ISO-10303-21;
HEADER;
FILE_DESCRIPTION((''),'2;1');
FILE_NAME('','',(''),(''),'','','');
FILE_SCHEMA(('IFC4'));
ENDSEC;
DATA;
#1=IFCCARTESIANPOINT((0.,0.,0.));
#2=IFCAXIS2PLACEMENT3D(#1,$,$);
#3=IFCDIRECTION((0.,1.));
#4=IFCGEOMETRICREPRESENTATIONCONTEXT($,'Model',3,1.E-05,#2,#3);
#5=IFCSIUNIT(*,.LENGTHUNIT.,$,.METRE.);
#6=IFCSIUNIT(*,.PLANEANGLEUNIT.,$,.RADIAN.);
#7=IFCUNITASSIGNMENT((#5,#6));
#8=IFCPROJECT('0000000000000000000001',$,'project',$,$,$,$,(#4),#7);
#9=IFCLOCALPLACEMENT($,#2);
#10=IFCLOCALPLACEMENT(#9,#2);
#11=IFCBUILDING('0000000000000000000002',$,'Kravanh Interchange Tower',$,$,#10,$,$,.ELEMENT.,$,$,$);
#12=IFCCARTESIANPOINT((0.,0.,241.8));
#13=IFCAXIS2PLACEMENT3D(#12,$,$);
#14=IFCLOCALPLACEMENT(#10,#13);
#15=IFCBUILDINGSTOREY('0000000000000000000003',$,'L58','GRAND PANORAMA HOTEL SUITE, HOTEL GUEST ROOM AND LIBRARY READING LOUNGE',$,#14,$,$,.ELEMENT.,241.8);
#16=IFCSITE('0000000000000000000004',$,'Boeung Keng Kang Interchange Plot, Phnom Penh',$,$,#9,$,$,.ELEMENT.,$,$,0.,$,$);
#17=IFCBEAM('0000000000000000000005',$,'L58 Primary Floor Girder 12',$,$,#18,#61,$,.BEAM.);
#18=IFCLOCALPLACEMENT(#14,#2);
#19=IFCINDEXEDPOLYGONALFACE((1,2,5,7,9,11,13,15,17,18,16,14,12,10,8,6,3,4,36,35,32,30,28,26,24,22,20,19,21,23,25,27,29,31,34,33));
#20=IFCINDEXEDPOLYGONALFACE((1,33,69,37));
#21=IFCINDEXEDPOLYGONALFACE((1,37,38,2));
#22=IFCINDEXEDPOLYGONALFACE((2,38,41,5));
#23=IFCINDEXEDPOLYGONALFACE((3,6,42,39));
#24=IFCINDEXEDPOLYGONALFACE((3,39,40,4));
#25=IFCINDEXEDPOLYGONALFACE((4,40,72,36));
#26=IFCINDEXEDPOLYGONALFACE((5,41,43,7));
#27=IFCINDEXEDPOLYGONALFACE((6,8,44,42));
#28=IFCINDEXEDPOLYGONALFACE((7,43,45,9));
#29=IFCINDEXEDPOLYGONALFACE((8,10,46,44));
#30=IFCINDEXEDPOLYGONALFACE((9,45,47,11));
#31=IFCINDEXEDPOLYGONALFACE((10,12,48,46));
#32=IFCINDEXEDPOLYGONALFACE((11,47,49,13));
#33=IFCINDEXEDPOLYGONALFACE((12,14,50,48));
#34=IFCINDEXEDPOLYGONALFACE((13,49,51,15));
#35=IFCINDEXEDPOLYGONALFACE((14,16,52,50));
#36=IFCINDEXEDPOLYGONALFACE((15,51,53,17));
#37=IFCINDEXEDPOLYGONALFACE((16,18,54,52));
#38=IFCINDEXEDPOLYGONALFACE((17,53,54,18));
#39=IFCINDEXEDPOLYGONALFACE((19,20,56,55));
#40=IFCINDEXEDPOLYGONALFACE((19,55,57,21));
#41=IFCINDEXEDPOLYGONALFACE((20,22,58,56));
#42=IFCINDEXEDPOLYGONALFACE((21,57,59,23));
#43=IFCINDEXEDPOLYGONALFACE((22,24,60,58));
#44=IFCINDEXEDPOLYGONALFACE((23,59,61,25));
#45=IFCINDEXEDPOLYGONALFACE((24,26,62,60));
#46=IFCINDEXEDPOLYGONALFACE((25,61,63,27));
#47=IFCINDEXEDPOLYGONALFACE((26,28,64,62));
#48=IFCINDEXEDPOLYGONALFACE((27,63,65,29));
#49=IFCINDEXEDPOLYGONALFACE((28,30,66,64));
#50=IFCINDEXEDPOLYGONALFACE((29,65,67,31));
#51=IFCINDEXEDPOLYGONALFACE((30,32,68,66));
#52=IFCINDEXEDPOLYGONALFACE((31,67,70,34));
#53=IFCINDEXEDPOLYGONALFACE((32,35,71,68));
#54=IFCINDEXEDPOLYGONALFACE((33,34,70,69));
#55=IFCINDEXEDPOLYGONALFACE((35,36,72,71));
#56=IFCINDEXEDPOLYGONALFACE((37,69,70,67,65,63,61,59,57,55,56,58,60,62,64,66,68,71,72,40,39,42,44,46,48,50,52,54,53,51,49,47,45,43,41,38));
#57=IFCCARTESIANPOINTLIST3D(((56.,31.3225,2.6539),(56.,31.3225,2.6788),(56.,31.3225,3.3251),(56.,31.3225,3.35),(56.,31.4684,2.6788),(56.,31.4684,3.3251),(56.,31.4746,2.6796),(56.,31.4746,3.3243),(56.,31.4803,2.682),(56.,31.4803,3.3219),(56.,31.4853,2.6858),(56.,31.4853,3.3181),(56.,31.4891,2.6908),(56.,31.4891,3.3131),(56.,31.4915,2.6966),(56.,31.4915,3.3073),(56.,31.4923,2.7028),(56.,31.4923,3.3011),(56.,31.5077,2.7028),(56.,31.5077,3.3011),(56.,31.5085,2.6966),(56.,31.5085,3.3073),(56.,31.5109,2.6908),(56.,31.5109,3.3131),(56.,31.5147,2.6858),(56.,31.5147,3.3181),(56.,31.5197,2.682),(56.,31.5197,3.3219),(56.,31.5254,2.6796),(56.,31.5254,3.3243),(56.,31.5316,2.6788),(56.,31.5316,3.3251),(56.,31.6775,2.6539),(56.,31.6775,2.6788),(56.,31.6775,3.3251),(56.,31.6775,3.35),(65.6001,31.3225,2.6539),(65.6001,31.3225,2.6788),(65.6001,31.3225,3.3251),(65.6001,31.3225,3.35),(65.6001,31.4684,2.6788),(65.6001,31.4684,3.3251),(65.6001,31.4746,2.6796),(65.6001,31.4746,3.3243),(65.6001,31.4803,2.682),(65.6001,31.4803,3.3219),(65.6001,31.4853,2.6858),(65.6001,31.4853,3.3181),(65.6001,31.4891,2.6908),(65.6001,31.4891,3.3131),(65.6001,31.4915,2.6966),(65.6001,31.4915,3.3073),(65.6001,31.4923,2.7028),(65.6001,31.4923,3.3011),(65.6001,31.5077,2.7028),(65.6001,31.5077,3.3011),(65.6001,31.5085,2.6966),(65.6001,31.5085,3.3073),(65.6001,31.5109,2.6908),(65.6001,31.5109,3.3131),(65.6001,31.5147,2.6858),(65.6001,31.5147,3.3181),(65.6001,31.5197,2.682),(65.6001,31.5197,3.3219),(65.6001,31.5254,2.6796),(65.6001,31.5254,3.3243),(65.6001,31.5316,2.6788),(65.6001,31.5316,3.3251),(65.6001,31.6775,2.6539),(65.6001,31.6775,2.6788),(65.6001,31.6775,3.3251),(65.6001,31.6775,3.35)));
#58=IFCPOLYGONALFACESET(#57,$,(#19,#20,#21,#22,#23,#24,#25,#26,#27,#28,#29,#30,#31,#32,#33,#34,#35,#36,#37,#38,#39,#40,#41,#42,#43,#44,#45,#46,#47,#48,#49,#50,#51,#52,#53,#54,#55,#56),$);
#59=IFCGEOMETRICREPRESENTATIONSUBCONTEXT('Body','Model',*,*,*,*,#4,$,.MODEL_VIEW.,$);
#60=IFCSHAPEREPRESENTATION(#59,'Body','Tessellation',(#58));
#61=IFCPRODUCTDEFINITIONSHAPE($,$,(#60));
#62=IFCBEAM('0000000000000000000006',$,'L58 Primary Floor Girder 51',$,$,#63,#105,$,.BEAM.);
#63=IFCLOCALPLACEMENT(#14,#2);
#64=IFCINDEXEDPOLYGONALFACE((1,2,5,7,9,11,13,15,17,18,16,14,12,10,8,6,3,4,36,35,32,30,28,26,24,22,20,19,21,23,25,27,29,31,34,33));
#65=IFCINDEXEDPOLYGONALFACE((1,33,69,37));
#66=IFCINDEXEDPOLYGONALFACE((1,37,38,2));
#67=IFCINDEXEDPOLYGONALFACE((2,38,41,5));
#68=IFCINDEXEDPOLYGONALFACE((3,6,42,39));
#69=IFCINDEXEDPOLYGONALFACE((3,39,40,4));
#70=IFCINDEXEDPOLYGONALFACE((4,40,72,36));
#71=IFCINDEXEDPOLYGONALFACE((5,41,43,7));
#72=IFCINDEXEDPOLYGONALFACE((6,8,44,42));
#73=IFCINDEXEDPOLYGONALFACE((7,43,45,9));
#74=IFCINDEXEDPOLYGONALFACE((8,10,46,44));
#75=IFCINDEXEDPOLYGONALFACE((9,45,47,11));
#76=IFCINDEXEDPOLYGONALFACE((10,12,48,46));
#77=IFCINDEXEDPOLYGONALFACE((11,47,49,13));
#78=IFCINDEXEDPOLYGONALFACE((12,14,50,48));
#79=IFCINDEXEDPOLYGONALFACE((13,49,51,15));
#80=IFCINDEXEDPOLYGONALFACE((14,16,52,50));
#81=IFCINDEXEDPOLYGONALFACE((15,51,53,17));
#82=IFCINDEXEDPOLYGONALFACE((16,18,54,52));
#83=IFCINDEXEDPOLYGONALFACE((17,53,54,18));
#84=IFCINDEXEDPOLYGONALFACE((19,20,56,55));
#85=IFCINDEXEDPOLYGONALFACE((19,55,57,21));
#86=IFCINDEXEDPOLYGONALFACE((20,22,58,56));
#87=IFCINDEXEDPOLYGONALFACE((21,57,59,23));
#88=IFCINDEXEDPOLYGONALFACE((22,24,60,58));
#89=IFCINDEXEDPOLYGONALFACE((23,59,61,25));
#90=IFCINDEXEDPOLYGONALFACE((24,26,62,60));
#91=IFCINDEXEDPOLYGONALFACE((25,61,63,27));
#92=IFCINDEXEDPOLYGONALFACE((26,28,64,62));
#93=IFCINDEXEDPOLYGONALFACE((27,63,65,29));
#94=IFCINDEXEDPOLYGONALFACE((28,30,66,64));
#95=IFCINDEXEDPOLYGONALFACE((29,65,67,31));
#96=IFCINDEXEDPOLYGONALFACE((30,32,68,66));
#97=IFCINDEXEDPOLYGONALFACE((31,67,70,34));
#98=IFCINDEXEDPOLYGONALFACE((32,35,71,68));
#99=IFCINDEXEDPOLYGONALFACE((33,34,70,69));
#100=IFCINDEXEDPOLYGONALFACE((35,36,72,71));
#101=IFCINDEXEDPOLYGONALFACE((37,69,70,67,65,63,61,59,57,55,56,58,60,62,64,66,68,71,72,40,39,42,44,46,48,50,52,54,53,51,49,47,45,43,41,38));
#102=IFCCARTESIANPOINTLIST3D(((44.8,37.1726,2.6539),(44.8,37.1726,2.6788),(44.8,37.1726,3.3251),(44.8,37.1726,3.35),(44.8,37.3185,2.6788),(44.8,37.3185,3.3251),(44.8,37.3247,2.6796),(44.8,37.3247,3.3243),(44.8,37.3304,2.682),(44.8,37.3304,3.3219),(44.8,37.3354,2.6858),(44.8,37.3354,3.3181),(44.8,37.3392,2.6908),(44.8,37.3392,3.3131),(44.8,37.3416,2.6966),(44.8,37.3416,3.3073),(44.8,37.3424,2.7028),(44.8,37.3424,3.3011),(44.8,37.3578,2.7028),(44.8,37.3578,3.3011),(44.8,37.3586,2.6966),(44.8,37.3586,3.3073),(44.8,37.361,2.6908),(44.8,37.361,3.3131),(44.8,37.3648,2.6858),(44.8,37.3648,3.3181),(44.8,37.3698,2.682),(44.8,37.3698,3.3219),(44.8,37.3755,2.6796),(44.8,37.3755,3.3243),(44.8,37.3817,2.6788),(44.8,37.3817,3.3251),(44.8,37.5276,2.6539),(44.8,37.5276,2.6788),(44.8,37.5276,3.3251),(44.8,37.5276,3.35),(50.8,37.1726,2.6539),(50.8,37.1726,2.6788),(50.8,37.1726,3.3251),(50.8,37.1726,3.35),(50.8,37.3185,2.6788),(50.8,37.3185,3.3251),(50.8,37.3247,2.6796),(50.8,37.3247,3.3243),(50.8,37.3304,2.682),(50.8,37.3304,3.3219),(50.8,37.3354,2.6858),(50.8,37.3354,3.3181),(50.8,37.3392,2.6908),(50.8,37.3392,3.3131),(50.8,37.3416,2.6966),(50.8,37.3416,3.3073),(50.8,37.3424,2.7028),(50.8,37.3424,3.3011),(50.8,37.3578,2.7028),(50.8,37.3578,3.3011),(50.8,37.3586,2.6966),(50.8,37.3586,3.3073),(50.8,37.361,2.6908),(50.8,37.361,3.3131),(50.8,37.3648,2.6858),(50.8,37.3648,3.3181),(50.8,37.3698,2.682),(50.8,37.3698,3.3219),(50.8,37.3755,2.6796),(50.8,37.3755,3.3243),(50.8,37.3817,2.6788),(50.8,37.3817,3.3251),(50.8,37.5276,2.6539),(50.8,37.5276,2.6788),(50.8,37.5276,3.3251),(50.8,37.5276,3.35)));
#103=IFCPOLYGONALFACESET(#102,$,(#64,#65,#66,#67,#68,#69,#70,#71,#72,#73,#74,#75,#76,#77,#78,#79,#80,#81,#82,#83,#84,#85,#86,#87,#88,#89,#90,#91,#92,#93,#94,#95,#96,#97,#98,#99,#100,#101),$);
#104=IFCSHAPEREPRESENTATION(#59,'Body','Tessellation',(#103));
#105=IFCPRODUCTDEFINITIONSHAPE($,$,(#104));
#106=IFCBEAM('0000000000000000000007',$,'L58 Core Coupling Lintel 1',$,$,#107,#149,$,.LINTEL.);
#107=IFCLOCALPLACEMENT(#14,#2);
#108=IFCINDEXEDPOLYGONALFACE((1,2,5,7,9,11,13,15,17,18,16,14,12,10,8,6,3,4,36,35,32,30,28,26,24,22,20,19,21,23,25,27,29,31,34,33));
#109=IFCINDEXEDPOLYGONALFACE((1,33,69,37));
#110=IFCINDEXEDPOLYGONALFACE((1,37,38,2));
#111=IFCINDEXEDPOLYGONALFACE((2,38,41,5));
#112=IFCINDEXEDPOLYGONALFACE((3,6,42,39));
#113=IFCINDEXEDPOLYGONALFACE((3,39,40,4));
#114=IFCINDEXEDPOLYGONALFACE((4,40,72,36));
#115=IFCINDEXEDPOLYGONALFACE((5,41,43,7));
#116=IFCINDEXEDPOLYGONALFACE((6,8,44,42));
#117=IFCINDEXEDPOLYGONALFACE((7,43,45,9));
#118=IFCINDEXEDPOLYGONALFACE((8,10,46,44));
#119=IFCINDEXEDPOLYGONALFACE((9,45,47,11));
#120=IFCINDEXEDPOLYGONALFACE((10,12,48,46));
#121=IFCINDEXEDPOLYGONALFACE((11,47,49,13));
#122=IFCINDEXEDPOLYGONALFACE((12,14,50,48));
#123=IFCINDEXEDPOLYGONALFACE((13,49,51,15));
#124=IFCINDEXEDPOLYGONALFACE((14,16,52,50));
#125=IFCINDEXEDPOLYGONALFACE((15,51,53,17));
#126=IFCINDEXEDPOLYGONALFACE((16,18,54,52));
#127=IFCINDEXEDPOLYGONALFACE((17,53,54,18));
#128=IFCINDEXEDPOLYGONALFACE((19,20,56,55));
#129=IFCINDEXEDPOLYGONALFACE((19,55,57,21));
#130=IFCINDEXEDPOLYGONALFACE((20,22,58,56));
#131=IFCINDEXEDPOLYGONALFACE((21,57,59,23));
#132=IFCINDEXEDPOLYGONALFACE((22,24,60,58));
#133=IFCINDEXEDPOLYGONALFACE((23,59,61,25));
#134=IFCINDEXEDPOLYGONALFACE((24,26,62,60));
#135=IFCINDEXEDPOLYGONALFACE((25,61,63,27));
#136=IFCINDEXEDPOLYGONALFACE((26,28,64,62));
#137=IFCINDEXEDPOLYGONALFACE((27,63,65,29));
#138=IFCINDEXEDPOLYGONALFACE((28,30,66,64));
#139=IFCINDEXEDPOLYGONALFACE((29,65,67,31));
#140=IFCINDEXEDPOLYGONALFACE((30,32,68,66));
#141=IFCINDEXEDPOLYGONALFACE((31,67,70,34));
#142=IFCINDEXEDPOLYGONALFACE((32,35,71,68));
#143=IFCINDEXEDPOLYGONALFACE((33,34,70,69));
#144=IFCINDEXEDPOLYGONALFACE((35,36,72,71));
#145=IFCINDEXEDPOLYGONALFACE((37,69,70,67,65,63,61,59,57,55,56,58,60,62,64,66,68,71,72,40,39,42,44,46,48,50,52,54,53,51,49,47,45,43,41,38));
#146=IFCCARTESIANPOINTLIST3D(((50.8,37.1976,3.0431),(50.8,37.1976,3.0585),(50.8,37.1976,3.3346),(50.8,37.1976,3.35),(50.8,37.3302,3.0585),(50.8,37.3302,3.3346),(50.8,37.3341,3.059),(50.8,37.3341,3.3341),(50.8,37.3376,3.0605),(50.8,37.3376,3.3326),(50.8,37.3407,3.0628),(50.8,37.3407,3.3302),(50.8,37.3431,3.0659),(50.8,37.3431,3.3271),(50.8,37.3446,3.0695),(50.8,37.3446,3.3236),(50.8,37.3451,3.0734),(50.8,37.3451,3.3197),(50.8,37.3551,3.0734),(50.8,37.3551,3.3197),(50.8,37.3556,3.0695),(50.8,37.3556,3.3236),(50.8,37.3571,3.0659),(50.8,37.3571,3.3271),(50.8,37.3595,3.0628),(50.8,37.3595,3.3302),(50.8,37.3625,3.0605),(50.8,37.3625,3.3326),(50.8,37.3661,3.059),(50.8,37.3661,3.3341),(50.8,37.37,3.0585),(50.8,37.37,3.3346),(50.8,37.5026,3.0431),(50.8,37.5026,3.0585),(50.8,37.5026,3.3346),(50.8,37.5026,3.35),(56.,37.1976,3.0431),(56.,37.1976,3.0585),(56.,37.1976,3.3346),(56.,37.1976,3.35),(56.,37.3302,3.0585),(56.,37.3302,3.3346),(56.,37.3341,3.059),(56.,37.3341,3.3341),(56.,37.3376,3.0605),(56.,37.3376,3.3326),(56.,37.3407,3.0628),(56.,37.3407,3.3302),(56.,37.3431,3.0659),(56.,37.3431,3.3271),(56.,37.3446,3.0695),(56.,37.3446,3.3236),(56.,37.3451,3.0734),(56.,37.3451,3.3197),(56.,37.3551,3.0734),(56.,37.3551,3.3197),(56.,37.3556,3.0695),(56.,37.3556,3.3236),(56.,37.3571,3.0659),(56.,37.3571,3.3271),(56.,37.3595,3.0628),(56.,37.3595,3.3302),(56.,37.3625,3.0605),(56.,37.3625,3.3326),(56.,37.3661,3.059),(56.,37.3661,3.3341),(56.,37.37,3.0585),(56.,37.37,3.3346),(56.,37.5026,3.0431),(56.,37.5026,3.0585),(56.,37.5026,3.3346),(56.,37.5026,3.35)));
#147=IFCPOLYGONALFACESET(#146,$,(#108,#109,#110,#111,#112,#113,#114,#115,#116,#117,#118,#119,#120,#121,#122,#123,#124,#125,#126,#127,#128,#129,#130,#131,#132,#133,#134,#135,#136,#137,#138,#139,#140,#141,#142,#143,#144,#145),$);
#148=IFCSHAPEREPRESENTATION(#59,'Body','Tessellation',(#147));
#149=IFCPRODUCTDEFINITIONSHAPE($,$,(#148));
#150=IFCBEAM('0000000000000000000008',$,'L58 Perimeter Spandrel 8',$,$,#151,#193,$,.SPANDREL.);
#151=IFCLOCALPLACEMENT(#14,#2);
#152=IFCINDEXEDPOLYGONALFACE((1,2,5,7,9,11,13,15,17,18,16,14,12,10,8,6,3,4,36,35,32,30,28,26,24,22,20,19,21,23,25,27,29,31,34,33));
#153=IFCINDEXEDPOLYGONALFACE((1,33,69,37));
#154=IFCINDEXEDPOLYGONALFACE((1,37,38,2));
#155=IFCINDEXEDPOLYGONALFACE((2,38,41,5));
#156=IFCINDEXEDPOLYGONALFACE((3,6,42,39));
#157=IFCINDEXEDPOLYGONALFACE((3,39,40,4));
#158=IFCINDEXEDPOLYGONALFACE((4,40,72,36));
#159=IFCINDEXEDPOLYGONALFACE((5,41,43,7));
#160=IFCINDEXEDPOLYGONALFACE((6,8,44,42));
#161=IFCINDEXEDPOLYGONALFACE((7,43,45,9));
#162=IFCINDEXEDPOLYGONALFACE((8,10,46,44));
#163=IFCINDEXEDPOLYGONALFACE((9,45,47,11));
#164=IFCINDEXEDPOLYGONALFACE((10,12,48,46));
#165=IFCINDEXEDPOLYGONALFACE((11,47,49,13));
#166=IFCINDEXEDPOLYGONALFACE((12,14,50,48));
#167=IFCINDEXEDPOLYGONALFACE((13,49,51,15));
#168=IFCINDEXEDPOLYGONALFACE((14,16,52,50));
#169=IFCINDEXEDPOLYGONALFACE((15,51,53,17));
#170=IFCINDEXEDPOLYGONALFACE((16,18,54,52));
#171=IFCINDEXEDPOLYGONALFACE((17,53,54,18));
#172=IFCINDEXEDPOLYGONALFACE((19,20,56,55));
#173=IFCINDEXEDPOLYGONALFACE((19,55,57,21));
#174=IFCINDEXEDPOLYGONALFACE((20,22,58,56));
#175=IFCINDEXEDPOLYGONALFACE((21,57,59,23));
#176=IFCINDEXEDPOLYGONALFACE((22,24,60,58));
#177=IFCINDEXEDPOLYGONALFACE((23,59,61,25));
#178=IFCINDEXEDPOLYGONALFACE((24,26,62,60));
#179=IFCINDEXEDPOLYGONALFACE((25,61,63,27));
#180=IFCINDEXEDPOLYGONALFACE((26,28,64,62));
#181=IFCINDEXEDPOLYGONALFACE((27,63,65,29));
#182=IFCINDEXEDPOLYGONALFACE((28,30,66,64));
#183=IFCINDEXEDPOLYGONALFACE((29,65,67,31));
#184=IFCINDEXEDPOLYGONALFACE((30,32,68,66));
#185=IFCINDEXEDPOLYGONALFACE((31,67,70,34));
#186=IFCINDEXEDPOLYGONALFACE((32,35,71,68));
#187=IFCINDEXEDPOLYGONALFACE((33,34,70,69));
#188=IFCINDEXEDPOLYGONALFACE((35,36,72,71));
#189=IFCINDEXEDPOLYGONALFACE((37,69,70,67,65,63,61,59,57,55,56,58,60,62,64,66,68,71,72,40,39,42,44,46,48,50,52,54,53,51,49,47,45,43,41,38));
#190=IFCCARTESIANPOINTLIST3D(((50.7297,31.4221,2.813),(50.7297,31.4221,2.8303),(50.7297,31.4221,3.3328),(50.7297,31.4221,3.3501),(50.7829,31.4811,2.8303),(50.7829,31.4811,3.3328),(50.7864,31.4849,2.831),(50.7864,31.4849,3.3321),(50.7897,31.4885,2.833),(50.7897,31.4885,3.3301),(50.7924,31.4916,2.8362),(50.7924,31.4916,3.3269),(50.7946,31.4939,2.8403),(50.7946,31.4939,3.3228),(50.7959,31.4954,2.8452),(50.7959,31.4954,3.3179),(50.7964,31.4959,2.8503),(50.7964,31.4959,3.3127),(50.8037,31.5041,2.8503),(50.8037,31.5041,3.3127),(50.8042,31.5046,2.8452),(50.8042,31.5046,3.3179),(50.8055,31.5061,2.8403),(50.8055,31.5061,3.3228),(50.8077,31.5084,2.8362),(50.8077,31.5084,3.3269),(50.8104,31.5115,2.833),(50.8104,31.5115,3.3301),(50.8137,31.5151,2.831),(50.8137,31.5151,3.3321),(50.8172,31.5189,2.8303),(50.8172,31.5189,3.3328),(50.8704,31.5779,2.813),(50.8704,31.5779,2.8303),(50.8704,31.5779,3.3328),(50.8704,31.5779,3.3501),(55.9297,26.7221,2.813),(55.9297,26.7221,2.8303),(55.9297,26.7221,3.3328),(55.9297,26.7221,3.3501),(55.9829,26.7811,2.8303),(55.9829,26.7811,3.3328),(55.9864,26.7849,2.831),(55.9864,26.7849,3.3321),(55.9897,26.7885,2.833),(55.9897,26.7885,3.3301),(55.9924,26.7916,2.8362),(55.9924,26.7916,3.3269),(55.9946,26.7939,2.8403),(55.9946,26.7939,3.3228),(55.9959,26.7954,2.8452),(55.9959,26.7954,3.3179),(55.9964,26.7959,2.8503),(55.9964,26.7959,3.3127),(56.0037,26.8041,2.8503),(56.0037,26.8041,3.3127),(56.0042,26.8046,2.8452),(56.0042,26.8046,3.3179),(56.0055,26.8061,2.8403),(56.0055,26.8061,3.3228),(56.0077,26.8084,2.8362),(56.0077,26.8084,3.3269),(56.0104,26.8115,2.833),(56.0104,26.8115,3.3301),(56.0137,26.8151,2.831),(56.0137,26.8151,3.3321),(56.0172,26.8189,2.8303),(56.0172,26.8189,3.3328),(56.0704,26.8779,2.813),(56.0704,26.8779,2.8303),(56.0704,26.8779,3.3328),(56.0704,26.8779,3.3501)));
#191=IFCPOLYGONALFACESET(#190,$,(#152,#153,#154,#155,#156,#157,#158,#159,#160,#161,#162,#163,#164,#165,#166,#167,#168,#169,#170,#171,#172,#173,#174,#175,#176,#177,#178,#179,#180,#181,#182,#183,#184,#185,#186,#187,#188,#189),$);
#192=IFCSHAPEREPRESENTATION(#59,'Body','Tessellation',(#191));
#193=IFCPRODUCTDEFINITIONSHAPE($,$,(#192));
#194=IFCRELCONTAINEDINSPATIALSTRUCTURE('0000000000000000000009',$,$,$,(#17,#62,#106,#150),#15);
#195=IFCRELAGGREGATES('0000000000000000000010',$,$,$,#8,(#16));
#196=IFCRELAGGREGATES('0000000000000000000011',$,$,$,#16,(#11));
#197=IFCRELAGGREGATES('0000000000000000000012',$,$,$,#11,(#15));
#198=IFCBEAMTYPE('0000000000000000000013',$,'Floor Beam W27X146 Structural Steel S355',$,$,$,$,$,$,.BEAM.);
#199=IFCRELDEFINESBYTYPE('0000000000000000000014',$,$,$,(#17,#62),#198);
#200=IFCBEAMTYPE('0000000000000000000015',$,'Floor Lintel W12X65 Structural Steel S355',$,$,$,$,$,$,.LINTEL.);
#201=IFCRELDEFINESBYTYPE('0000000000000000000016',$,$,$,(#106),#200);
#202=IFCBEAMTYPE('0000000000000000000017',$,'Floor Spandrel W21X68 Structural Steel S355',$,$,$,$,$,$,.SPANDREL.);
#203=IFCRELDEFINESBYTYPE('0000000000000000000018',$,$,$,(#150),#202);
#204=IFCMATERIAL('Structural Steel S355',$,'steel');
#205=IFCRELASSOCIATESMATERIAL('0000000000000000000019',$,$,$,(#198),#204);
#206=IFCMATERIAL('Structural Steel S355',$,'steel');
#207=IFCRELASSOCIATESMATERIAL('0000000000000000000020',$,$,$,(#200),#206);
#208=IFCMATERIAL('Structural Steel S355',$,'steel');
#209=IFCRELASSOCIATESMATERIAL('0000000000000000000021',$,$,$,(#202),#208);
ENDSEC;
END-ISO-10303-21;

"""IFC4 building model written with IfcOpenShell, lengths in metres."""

from ifc_helpers import new_model, si_unit, direction, frame, origin, origin_2d, place, context, subcontext, project, spatial, i_section, extrude, material, material_profile, profile_set, type_object, element, save


model = new_model("IFC4")

# Units and contexts
model_context = context("Model", 3, precision=1e-05, world=origin(), true_north=direction((0.0, 1.0)))
body_context = subcontext(model_context, "Body", "Model", "MODEL_VIEW")
ifc_project = project(units=[si_unit("LENGTHUNIT", "METRE"), si_unit("PLANEANGLEUNIT", "RADIAN")], contexts=[model_context])

# Site, building, storey
site_placement = place(None, origin())
site = spatial("IfcSite", under=ifc_project, at=site_placement, Name="Boeung Keng Kang Interchange Plot, Phnom Penh", CompositionType="ELEMENT", RefElevation=0.0)
building_placement = place(site_placement, origin())
building = spatial("IfcBuilding", under=site, at=building_placement, Name="Kravanh Interchange Tower", CompositionType="ELEMENT")
storey_placement = place(building_placement, frame((0.0, 0.0, 241.8)))
storey = spatial("IfcBuildingStorey", under=building, at=storey_placement, Name="L58", Description="GRAND PANORAMA HOTEL SUITE, HOTEL GUEST ROOM AND LIBRARY READING LOUNGE", CompositionType="ELEMENT", Elevation=241.8)

# Beams
ifc_material_1 = material(Name="Structural Steel S355", Category="steel")
ifc_material_profile_1 = material_profile(ifc_material_1, i_section(OverallWidth=0.355, OverallDepth=0.696, WebThickness=0.0154, FlangeThickness=0.0249, FilletRadius=0.0239, at=origin_2d()), Name="W27X146")
ifc_profile_set_1 = profile_set([ifc_material_profile_1], Name="Structural Steel S355")
beam_type_1 = type_object("IfcBeamType", Name="Floor Beam W27X146 Structural Steel S355", PredefinedType="BEAM", material=ifc_profile_set_1)
beam_1_placement = place(storey_placement, frame((56.0, 31.5, 3.002), z_axis=(1.0, 0.0, 0.0), x_axis=(0.0, 1.0, 0.0)))
element("IfcBeam", 1, at=beam_1_placement, inside=storey, type_object=beam_type_1, Name="L58 Primary Floor Girder 12", PredefinedType="BEAM", context=body_context, shape_type="SweptSolid", body=[
    extrude(i_section(OverallWidth=0.355, OverallDepth=0.696, WebThickness=0.0154, FlangeThickness=0.0249, FilletRadius=0.0239, at=origin_2d()), origin(), (0.0, 0.0, 1.0), 9.6001),
])
beam_2_placement = place(storey_placement, frame((50.8, 37.3501, 3.002), z_axis=(-1.0, 0.0, 0.0), x_axis=(0.0, -1.0, 0.0)))
element("IfcBeam", 2, at=beam_2_placement, inside=storey, type_object=beam_type_1, Name="L58 Primary Floor Girder 51", PredefinedType="BEAM", context=body_context, shape_type="SweptSolid", body=[
    extrude(i_section(OverallWidth=0.355, OverallDepth=0.696, WebThickness=0.0154, FlangeThickness=0.0249, FilletRadius=0.0239, at=origin_2d()), origin(), (0.0, 0.0, 1.0), 6.0),
])
ifc_material_2 = material(Name="Structural Steel S355", Category="steel")
ifc_material_profile_2 = material_profile(ifc_material_2, i_section(OverallWidth=0.3049, OverallDepth=0.3069, WebThickness=0.01, FlangeThickness=0.0154, FilletRadius=0.0149, at=origin_2d()), Name="W12X65")
ifc_profile_set_2 = profile_set([ifc_material_profile_2], Name="Structural Steel S355")
beam_type_2 = type_object("IfcBeamType", Name="Floor Lintel W12X65 Structural Steel S355", PredefinedType="LINTEL", material=ifc_profile_set_2)
beam_3_placement = place(storey_placement, frame((50.8, 37.3501, 3.1965), z_axis=(1.0, 0.0, 0.0), x_axis=(0.0, 1.0, 0.0)))
element("IfcBeam", 3, at=beam_3_placement, inside=storey, type_object=beam_type_2, Name="L58 Core Coupling Lintel 1", PredefinedType="LINTEL", context=body_context, shape_type="SweptSolid", body=[
    extrude(i_section(OverallWidth=0.3049, OverallDepth=0.3069, WebThickness=0.01, FlangeThickness=0.0154, FilletRadius=0.0149, at=origin_2d()), origin(), (0.0, 0.0, 1.0), 5.2),
])
ifc_material_3 = material(Name="Structural Steel S355", Category="steel")
ifc_material_profile_3 = material_profile(ifc_material_3, i_section(OverallWidth=0.21, OverallDepth=0.5371, WebThickness=0.011, FlangeThickness=0.0173, FilletRadius=0.02, at=origin_2d()), Name="W21X68")
ifc_profile_set_3 = profile_set([ifc_material_profile_3], Name="Structural Steel S355")
beam_type_3 = type_object("IfcBeamType", Name="Floor Spandrel W21X68 Structural Steel S355", PredefinedType="SPANDREL", material=ifc_profile_set_3)
for number, where, z_axis, x_axis, name in (
    (4, (50.8, 31.5, 3.0815), (0.741874, -0.670539, 0.0), (0.670539, 0.741874, 0.0), "L58 Perimeter Spandrel 8"),
):
    element("IfcBeam", number, at=place(storey_placement, frame(where, z_axis=z_axis, x_axis=x_axis)), inside=storey, type_object=beam_type_3, Name=name, PredefinedType="SPANDREL", context=body_context, shape_type="SweptSolid", body=[
        extrude(i_section(OverallWidth=0.21, OverallDepth=0.5371, WebThickness=0.011, FlangeThickness=0.0173, FilletRadius=0.02, at=origin_2d()), origin(), (0.0, 0.0, 1.0), 7.0093),
    ])

save(model, "model.ifc")
